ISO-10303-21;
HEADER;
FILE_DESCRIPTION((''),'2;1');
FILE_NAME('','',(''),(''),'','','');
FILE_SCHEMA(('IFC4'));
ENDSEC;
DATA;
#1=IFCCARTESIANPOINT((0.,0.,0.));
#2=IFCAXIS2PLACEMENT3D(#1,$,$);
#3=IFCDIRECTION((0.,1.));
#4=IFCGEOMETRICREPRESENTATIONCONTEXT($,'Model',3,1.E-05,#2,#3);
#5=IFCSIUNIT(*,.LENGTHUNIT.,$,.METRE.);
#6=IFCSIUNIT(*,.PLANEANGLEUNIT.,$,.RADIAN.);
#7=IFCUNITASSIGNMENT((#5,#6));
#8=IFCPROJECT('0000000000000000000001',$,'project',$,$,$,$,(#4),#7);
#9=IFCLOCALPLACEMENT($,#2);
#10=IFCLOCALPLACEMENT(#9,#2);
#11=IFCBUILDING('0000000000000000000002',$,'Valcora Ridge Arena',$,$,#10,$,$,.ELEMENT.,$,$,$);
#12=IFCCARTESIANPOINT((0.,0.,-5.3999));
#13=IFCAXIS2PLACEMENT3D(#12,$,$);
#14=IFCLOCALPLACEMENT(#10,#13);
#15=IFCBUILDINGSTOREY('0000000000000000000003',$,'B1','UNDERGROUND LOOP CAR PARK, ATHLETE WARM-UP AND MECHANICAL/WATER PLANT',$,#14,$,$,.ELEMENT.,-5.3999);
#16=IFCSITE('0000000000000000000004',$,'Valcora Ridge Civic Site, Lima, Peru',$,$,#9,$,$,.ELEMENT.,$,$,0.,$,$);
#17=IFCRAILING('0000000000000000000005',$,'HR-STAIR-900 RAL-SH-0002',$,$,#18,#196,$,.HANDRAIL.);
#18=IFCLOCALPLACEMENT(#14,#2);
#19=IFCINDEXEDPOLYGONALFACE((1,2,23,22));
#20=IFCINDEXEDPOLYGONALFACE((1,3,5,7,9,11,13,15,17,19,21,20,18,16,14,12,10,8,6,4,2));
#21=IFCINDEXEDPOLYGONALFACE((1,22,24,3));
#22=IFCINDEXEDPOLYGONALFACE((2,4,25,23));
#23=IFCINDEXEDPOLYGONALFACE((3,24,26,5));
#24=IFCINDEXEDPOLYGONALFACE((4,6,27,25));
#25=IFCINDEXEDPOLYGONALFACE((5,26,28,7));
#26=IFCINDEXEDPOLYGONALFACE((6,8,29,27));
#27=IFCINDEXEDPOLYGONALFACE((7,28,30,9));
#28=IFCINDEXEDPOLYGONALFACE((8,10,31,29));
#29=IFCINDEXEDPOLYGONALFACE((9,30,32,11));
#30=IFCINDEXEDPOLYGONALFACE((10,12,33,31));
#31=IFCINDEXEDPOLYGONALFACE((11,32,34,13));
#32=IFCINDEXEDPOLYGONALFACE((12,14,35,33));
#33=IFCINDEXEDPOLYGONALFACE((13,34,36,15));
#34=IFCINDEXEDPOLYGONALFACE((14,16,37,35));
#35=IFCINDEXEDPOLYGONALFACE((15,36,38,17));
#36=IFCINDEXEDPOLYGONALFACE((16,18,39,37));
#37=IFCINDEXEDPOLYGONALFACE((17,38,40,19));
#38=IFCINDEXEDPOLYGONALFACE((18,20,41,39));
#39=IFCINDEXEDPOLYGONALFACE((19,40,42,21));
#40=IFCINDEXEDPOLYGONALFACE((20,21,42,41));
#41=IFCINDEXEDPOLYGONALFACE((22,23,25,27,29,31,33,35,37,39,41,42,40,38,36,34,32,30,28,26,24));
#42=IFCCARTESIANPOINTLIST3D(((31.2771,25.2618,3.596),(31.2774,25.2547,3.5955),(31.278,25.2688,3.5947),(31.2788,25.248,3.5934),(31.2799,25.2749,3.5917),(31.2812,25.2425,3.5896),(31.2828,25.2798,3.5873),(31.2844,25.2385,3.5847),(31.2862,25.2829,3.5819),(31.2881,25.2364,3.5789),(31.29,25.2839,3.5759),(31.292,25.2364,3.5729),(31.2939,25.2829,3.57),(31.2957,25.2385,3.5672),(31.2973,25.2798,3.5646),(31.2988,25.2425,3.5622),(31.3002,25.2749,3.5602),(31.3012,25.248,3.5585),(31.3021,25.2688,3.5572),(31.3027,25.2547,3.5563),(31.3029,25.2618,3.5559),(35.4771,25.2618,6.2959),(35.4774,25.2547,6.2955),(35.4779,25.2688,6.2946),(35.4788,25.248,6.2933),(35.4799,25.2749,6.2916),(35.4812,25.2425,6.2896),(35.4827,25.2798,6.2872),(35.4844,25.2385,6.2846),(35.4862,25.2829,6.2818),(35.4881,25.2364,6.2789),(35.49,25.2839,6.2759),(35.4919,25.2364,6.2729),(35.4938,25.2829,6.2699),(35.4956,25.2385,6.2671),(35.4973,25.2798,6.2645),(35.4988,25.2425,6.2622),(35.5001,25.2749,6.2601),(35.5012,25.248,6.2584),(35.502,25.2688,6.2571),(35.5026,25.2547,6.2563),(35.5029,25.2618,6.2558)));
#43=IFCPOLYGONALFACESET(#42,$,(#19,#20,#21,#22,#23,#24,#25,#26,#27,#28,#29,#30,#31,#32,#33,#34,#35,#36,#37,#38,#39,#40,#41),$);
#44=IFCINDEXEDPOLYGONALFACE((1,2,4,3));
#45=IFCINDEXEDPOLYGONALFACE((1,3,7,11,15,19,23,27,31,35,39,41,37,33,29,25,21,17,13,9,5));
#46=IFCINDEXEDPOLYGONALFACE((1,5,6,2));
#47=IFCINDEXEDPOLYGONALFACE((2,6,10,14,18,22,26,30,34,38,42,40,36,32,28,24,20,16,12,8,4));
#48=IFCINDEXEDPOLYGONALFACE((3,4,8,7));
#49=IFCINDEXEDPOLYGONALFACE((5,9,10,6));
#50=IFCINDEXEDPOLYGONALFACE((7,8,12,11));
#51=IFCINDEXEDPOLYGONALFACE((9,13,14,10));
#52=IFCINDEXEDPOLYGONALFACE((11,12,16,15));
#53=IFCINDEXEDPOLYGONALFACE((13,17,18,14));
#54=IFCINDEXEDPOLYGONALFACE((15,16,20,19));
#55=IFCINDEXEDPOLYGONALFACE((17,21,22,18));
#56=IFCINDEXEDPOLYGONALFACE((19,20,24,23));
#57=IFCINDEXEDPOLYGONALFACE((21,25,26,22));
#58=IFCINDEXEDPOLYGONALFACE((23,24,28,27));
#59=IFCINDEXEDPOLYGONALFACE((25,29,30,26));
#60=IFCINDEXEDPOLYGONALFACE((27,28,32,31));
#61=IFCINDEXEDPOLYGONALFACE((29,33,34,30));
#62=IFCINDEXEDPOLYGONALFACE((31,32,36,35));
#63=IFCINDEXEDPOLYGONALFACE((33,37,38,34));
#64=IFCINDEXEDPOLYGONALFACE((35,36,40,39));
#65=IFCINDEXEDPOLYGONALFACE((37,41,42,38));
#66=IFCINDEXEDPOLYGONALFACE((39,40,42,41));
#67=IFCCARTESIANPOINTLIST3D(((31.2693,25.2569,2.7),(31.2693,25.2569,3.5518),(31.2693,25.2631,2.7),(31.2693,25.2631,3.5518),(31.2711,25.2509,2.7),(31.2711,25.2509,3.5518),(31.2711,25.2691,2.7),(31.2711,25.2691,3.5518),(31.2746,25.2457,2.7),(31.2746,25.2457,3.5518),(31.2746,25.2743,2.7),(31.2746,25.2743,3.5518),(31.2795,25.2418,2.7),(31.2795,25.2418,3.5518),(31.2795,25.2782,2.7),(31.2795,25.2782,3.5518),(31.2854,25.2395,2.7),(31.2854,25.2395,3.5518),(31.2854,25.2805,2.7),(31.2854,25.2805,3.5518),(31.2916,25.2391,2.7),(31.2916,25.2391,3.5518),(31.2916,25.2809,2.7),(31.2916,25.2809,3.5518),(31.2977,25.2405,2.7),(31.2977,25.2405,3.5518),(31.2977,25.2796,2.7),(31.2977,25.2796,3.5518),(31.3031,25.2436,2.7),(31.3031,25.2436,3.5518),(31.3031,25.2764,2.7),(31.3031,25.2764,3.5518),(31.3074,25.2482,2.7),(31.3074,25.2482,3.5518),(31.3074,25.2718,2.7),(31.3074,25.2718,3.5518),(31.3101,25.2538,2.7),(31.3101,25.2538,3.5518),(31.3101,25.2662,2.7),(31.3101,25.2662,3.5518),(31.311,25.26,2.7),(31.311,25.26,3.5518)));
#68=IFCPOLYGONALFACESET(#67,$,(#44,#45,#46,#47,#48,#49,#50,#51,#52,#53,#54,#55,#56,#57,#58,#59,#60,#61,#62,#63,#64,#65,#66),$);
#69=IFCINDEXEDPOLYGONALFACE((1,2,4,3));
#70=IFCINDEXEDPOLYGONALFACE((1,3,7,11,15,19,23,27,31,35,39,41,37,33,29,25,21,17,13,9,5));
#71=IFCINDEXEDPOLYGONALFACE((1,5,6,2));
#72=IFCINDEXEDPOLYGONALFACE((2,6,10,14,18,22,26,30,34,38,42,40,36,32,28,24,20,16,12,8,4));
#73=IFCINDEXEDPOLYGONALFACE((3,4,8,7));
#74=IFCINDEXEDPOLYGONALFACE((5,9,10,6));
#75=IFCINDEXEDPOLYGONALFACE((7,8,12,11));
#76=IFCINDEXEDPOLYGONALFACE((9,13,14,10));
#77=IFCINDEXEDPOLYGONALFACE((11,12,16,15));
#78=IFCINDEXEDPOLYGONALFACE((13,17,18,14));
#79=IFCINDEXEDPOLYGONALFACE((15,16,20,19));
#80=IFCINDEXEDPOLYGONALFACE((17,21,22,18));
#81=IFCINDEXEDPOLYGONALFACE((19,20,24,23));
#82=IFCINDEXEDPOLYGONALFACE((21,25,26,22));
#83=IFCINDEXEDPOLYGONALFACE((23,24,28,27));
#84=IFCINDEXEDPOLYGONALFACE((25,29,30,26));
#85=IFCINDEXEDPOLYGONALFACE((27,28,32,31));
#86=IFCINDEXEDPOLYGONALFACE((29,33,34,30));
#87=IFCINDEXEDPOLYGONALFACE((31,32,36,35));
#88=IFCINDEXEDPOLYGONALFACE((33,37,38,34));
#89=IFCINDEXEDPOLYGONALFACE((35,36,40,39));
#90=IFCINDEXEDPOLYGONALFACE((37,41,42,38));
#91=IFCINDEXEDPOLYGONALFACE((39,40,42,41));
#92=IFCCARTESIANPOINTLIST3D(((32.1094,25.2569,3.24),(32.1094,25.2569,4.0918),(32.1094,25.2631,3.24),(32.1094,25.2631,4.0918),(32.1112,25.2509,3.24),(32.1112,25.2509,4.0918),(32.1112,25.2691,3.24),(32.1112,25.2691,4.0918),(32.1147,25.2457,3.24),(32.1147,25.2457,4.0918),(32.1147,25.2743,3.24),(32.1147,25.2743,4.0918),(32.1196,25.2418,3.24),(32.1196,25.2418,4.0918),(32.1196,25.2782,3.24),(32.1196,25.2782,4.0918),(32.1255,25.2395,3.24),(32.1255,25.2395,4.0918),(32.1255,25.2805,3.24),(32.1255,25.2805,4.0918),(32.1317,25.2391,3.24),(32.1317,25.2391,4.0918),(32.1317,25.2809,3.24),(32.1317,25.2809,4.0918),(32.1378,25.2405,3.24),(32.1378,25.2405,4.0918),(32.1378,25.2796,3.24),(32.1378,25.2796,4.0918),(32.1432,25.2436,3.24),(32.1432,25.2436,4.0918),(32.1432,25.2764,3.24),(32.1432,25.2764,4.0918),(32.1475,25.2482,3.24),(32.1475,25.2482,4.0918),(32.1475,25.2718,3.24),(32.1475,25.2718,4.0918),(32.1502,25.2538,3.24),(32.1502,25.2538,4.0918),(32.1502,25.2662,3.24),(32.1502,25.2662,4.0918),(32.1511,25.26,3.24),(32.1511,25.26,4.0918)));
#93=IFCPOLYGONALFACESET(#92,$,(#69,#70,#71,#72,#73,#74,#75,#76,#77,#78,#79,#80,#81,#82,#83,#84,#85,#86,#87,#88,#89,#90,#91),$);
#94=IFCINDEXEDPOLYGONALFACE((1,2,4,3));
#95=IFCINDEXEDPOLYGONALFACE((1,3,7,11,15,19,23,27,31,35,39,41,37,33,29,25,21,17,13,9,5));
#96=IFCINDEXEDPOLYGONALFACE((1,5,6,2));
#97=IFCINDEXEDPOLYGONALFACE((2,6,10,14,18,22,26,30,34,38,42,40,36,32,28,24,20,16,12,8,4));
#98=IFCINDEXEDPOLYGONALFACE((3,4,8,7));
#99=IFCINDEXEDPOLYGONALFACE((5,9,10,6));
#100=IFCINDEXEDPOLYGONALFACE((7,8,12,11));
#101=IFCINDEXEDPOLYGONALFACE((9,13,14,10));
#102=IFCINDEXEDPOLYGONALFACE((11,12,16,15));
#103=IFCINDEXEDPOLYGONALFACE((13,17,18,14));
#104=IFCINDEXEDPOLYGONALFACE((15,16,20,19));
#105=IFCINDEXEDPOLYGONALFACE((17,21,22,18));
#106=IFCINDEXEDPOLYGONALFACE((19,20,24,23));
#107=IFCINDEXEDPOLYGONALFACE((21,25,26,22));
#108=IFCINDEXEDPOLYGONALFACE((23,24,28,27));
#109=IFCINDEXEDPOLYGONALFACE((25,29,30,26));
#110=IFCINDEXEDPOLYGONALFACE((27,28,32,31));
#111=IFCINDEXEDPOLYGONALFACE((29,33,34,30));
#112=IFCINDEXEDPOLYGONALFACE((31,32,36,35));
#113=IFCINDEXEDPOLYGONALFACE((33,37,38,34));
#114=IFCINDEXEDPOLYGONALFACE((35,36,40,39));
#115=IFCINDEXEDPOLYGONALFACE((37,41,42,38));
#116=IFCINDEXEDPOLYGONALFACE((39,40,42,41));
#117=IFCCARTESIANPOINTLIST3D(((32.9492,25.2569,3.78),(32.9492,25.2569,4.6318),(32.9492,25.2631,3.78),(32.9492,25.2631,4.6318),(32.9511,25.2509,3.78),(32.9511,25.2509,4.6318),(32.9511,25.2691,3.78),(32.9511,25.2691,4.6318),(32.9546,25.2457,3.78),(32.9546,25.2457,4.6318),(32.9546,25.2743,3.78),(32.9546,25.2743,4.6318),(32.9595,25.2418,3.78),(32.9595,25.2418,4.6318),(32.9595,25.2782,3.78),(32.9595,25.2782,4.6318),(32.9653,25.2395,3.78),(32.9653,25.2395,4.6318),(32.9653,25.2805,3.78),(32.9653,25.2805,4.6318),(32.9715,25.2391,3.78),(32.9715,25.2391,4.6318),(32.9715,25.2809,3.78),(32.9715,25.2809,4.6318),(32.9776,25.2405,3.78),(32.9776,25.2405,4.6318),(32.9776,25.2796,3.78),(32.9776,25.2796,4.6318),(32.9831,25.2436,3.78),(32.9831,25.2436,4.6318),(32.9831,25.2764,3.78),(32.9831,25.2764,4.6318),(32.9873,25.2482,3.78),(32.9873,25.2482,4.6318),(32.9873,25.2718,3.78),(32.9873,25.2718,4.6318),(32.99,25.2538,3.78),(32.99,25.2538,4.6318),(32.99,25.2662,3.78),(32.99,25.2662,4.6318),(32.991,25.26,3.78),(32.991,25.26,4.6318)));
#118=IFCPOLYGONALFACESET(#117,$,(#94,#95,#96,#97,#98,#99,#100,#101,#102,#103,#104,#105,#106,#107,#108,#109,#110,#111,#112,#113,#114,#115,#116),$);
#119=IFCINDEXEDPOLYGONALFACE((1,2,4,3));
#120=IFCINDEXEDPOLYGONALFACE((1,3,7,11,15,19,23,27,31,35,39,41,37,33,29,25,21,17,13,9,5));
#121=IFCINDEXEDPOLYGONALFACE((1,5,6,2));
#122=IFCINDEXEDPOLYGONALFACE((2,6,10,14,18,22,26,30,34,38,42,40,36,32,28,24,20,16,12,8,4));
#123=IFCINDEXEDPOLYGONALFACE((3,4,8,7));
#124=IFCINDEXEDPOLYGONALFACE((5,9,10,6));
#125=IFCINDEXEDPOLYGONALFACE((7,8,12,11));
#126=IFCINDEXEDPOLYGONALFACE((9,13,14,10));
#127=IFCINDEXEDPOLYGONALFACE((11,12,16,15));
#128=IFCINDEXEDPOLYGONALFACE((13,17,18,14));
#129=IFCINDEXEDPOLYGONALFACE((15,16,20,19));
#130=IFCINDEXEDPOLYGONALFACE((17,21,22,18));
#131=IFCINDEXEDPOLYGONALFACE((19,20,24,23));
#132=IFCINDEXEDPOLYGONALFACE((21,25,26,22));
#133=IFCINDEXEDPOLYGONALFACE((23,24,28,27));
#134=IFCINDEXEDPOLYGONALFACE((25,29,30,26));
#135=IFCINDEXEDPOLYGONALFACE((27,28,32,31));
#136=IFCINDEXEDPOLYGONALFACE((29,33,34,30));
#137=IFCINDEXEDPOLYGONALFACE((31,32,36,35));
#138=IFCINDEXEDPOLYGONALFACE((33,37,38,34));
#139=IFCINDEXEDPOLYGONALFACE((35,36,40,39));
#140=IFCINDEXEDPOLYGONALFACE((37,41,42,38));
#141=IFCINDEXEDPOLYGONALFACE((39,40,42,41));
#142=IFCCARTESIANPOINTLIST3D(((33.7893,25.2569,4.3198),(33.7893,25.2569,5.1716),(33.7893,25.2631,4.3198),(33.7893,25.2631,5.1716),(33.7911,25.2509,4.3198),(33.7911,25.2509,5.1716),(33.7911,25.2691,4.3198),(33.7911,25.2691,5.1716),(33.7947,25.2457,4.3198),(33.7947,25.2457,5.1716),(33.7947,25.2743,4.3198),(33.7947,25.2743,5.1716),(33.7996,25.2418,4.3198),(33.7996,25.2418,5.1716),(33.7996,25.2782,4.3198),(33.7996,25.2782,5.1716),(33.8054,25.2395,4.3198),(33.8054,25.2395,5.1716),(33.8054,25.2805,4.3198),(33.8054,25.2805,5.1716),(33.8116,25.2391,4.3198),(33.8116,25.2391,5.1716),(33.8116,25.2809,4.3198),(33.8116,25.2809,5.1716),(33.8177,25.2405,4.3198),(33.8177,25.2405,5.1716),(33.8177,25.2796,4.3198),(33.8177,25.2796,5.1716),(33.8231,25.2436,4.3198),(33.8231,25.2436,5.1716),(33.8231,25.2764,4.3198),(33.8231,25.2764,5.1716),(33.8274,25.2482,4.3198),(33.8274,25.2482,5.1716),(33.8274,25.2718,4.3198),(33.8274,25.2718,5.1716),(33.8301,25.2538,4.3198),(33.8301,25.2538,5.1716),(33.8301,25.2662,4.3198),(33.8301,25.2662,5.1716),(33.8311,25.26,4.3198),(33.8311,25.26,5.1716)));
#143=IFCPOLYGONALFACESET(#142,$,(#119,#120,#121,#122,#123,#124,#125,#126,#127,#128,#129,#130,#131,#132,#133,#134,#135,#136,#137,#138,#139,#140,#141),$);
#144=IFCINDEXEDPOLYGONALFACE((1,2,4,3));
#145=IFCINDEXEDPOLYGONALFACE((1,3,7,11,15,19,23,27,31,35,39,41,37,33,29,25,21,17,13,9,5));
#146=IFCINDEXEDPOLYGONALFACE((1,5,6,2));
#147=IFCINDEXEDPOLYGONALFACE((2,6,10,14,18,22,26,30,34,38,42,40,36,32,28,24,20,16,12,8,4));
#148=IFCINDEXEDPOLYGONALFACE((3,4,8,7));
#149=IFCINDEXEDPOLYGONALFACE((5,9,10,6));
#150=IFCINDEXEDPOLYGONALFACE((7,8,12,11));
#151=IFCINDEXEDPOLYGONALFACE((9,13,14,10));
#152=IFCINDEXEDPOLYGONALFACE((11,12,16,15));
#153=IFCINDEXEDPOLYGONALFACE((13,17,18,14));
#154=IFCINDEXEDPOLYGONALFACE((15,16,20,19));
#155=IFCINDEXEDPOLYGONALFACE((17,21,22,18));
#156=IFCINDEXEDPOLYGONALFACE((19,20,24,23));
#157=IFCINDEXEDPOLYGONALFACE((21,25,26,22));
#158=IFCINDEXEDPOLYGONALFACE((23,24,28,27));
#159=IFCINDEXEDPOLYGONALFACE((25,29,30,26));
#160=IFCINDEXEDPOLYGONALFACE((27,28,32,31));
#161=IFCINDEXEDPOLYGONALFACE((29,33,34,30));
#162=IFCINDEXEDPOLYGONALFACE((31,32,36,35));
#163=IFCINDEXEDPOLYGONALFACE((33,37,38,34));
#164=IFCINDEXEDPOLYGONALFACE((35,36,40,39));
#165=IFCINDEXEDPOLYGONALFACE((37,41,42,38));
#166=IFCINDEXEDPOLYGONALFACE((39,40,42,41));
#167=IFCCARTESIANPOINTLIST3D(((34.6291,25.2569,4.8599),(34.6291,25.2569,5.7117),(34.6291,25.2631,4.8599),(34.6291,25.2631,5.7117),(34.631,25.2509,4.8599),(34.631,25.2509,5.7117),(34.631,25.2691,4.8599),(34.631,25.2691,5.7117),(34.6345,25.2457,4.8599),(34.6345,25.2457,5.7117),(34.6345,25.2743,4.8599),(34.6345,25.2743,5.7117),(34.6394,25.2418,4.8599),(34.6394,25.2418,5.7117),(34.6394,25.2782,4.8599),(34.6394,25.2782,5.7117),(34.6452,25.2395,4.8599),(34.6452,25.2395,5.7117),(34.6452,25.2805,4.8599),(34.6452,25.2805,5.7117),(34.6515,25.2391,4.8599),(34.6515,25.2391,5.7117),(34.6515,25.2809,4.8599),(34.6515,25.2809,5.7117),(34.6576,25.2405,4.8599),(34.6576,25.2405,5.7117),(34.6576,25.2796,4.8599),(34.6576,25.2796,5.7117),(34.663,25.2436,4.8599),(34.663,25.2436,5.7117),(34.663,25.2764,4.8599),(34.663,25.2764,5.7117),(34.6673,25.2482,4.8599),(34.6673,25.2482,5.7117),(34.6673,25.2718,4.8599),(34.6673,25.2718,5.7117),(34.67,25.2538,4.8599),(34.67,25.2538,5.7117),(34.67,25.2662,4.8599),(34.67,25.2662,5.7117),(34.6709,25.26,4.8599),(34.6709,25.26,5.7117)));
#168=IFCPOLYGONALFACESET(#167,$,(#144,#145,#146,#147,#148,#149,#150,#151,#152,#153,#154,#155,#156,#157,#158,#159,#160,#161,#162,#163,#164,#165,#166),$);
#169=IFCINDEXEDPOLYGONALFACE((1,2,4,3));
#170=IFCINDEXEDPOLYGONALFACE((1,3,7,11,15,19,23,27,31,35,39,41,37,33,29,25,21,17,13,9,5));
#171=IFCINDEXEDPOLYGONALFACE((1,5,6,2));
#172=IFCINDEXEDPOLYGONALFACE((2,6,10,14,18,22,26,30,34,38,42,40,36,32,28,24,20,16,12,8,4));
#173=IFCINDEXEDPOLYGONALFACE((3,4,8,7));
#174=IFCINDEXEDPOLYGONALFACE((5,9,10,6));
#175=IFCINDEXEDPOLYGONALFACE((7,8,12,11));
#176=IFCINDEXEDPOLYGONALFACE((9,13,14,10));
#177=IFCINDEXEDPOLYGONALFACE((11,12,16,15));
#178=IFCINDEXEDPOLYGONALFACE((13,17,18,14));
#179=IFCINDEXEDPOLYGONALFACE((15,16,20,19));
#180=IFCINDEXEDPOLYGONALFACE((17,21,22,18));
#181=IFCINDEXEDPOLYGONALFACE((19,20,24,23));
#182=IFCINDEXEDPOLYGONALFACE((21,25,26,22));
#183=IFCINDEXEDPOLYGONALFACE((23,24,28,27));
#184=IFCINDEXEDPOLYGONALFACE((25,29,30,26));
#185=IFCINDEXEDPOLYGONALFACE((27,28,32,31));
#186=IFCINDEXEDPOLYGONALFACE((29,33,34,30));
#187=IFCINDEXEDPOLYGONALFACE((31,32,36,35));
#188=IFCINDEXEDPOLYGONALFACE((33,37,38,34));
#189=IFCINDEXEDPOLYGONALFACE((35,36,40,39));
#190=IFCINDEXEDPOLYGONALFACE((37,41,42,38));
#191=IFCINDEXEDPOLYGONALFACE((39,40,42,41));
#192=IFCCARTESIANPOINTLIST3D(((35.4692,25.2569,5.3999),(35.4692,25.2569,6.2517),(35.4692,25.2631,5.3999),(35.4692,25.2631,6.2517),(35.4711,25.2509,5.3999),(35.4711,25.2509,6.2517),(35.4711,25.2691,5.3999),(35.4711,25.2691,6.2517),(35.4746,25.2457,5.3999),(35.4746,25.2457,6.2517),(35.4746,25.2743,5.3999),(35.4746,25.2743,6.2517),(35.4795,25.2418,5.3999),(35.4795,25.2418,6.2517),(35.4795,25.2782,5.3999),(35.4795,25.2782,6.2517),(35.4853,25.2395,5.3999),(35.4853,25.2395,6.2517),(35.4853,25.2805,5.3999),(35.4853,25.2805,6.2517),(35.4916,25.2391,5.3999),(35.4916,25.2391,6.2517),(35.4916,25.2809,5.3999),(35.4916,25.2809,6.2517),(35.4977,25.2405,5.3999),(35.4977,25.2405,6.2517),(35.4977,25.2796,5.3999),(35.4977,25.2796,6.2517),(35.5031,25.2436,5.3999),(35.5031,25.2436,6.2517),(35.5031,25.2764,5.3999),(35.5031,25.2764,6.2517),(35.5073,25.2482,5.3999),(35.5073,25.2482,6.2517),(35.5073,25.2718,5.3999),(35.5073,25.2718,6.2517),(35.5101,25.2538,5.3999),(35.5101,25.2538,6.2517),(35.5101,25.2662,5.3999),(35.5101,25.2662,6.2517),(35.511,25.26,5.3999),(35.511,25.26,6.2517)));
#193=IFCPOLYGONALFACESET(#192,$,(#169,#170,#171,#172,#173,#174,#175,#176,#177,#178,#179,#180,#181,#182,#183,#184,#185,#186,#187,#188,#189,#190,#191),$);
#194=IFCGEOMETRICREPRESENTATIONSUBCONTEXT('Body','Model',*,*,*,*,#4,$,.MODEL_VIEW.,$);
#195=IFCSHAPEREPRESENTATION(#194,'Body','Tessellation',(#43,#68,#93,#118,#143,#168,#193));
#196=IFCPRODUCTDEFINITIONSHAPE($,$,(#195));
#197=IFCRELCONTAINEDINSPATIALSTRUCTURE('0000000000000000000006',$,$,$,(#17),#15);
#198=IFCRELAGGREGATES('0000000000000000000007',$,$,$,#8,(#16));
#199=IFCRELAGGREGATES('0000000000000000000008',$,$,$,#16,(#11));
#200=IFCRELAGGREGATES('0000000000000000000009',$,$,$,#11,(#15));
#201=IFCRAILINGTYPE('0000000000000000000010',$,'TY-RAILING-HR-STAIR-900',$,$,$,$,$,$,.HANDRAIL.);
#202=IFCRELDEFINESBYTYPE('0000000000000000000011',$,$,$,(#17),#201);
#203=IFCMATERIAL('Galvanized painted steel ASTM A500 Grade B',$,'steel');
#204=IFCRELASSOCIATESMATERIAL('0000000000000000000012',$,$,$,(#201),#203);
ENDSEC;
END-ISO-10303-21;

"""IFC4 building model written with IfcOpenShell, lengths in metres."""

from ifc_helpers import new_model, si_unit, direction, frame, origin, origin_2d, place, context, subcontext, project, spatial, circle, extrude, material, type_object, element, save


model = new_model("IFC4")

# Units and contexts
model_context = context("Model", 3, precision=1e-05, world=origin(), true_north=direction((0.0, 1.0)))
body_context = subcontext(model_context, "Body", "Model", "MODEL_VIEW")
ifc_project = project(units=[si_unit("LENGTHUNIT", "METRE"), si_unit("PLANEANGLEUNIT", "RADIAN")], contexts=[model_context])

# Site, building, storey
site_placement = place(None, origin())
site = spatial("IfcSite", under=ifc_project, at=site_placement, Name="Valcora Ridge Civic Site, Lima, Peru", CompositionType="ELEMENT", RefElevation=0.0)
building_placement = place(site_placement, origin())
building = spatial("IfcBuilding", under=site, at=building_placement, Name="Valcora Ridge Arena", CompositionType="ELEMENT")
storey_placement = place(building_placement, frame((0.0, 0.0, -5.3999)))
storey = spatial("IfcBuildingStorey", under=building, at=storey_placement, Name="B1", Description="UNDERGROUND LOOP CAR PARK, ATHLETE WARM-UP AND MECHANICAL/WATER PLANT", CompositionType="ELEMENT", Elevation=-5.3999)

# Railing
ifc_material_1 = material(Name="Galvanized painted steel ASTM A500 Grade B", Category="steel")
railing_type_1 = type_object("IfcRailingType", Name="TY-RAILING-HR-STAIR-900", PredefinedType="HANDRAIL", material=ifc_material_1)
railing_1_placement = place(storey_placement, frame((31.29, 25.26, 2.7)))
element("IfcRailing", 1, at=railing_1_placement, inside=storey, type_object=railing_type_1, Name="HR-STAIR-900 RAL-SH-0002", PredefinedType="HANDRAIL", context=body_context, shape_type="SweptSolid", body=[
    extrude(circle(Radius=0.0239, at=origin_2d()), frame((0.0, 0.0, 0.876), z_axis=(0.84118, 0.0, 0.540755), x_axis=(0.0, 1.0, 0.0)), (0.0, 0.0, 1.0), 4.9929),
    extrude(circle(Radius=0.021, at=origin_2d()), origin(), (0.0, 0.0, 1.0), 0.8518),
    extrude(circle(Radius=0.021, at=origin_2d()), frame((0.8401, 0.0, 0.54)), (0.0, 0.0, 1.0), 0.8518),
    extrude(circle(Radius=0.021, at=origin_2d()), frame((1.6799, 0.0, 1.0801)), (0.0, 0.0, 1.0), 0.8518),
    extrude(circle(Radius=0.021, at=origin_2d()), frame((2.52, 0.0, 1.6199)), (0.0, 0.0, 1.0), 0.8518),
    extrude(circle(Radius=0.021, at=origin_2d()), frame((3.3599, 0.0, 2.1599)), (0.0, 0.0, 1.0), 0.8518),
    extrude(circle(Radius=0.021, at=origin_2d()), frame((4.2, 0.0, 2.7)), (0.0, 0.0, 1.0), 0.8518),
])

save(model, "model.ifc")
